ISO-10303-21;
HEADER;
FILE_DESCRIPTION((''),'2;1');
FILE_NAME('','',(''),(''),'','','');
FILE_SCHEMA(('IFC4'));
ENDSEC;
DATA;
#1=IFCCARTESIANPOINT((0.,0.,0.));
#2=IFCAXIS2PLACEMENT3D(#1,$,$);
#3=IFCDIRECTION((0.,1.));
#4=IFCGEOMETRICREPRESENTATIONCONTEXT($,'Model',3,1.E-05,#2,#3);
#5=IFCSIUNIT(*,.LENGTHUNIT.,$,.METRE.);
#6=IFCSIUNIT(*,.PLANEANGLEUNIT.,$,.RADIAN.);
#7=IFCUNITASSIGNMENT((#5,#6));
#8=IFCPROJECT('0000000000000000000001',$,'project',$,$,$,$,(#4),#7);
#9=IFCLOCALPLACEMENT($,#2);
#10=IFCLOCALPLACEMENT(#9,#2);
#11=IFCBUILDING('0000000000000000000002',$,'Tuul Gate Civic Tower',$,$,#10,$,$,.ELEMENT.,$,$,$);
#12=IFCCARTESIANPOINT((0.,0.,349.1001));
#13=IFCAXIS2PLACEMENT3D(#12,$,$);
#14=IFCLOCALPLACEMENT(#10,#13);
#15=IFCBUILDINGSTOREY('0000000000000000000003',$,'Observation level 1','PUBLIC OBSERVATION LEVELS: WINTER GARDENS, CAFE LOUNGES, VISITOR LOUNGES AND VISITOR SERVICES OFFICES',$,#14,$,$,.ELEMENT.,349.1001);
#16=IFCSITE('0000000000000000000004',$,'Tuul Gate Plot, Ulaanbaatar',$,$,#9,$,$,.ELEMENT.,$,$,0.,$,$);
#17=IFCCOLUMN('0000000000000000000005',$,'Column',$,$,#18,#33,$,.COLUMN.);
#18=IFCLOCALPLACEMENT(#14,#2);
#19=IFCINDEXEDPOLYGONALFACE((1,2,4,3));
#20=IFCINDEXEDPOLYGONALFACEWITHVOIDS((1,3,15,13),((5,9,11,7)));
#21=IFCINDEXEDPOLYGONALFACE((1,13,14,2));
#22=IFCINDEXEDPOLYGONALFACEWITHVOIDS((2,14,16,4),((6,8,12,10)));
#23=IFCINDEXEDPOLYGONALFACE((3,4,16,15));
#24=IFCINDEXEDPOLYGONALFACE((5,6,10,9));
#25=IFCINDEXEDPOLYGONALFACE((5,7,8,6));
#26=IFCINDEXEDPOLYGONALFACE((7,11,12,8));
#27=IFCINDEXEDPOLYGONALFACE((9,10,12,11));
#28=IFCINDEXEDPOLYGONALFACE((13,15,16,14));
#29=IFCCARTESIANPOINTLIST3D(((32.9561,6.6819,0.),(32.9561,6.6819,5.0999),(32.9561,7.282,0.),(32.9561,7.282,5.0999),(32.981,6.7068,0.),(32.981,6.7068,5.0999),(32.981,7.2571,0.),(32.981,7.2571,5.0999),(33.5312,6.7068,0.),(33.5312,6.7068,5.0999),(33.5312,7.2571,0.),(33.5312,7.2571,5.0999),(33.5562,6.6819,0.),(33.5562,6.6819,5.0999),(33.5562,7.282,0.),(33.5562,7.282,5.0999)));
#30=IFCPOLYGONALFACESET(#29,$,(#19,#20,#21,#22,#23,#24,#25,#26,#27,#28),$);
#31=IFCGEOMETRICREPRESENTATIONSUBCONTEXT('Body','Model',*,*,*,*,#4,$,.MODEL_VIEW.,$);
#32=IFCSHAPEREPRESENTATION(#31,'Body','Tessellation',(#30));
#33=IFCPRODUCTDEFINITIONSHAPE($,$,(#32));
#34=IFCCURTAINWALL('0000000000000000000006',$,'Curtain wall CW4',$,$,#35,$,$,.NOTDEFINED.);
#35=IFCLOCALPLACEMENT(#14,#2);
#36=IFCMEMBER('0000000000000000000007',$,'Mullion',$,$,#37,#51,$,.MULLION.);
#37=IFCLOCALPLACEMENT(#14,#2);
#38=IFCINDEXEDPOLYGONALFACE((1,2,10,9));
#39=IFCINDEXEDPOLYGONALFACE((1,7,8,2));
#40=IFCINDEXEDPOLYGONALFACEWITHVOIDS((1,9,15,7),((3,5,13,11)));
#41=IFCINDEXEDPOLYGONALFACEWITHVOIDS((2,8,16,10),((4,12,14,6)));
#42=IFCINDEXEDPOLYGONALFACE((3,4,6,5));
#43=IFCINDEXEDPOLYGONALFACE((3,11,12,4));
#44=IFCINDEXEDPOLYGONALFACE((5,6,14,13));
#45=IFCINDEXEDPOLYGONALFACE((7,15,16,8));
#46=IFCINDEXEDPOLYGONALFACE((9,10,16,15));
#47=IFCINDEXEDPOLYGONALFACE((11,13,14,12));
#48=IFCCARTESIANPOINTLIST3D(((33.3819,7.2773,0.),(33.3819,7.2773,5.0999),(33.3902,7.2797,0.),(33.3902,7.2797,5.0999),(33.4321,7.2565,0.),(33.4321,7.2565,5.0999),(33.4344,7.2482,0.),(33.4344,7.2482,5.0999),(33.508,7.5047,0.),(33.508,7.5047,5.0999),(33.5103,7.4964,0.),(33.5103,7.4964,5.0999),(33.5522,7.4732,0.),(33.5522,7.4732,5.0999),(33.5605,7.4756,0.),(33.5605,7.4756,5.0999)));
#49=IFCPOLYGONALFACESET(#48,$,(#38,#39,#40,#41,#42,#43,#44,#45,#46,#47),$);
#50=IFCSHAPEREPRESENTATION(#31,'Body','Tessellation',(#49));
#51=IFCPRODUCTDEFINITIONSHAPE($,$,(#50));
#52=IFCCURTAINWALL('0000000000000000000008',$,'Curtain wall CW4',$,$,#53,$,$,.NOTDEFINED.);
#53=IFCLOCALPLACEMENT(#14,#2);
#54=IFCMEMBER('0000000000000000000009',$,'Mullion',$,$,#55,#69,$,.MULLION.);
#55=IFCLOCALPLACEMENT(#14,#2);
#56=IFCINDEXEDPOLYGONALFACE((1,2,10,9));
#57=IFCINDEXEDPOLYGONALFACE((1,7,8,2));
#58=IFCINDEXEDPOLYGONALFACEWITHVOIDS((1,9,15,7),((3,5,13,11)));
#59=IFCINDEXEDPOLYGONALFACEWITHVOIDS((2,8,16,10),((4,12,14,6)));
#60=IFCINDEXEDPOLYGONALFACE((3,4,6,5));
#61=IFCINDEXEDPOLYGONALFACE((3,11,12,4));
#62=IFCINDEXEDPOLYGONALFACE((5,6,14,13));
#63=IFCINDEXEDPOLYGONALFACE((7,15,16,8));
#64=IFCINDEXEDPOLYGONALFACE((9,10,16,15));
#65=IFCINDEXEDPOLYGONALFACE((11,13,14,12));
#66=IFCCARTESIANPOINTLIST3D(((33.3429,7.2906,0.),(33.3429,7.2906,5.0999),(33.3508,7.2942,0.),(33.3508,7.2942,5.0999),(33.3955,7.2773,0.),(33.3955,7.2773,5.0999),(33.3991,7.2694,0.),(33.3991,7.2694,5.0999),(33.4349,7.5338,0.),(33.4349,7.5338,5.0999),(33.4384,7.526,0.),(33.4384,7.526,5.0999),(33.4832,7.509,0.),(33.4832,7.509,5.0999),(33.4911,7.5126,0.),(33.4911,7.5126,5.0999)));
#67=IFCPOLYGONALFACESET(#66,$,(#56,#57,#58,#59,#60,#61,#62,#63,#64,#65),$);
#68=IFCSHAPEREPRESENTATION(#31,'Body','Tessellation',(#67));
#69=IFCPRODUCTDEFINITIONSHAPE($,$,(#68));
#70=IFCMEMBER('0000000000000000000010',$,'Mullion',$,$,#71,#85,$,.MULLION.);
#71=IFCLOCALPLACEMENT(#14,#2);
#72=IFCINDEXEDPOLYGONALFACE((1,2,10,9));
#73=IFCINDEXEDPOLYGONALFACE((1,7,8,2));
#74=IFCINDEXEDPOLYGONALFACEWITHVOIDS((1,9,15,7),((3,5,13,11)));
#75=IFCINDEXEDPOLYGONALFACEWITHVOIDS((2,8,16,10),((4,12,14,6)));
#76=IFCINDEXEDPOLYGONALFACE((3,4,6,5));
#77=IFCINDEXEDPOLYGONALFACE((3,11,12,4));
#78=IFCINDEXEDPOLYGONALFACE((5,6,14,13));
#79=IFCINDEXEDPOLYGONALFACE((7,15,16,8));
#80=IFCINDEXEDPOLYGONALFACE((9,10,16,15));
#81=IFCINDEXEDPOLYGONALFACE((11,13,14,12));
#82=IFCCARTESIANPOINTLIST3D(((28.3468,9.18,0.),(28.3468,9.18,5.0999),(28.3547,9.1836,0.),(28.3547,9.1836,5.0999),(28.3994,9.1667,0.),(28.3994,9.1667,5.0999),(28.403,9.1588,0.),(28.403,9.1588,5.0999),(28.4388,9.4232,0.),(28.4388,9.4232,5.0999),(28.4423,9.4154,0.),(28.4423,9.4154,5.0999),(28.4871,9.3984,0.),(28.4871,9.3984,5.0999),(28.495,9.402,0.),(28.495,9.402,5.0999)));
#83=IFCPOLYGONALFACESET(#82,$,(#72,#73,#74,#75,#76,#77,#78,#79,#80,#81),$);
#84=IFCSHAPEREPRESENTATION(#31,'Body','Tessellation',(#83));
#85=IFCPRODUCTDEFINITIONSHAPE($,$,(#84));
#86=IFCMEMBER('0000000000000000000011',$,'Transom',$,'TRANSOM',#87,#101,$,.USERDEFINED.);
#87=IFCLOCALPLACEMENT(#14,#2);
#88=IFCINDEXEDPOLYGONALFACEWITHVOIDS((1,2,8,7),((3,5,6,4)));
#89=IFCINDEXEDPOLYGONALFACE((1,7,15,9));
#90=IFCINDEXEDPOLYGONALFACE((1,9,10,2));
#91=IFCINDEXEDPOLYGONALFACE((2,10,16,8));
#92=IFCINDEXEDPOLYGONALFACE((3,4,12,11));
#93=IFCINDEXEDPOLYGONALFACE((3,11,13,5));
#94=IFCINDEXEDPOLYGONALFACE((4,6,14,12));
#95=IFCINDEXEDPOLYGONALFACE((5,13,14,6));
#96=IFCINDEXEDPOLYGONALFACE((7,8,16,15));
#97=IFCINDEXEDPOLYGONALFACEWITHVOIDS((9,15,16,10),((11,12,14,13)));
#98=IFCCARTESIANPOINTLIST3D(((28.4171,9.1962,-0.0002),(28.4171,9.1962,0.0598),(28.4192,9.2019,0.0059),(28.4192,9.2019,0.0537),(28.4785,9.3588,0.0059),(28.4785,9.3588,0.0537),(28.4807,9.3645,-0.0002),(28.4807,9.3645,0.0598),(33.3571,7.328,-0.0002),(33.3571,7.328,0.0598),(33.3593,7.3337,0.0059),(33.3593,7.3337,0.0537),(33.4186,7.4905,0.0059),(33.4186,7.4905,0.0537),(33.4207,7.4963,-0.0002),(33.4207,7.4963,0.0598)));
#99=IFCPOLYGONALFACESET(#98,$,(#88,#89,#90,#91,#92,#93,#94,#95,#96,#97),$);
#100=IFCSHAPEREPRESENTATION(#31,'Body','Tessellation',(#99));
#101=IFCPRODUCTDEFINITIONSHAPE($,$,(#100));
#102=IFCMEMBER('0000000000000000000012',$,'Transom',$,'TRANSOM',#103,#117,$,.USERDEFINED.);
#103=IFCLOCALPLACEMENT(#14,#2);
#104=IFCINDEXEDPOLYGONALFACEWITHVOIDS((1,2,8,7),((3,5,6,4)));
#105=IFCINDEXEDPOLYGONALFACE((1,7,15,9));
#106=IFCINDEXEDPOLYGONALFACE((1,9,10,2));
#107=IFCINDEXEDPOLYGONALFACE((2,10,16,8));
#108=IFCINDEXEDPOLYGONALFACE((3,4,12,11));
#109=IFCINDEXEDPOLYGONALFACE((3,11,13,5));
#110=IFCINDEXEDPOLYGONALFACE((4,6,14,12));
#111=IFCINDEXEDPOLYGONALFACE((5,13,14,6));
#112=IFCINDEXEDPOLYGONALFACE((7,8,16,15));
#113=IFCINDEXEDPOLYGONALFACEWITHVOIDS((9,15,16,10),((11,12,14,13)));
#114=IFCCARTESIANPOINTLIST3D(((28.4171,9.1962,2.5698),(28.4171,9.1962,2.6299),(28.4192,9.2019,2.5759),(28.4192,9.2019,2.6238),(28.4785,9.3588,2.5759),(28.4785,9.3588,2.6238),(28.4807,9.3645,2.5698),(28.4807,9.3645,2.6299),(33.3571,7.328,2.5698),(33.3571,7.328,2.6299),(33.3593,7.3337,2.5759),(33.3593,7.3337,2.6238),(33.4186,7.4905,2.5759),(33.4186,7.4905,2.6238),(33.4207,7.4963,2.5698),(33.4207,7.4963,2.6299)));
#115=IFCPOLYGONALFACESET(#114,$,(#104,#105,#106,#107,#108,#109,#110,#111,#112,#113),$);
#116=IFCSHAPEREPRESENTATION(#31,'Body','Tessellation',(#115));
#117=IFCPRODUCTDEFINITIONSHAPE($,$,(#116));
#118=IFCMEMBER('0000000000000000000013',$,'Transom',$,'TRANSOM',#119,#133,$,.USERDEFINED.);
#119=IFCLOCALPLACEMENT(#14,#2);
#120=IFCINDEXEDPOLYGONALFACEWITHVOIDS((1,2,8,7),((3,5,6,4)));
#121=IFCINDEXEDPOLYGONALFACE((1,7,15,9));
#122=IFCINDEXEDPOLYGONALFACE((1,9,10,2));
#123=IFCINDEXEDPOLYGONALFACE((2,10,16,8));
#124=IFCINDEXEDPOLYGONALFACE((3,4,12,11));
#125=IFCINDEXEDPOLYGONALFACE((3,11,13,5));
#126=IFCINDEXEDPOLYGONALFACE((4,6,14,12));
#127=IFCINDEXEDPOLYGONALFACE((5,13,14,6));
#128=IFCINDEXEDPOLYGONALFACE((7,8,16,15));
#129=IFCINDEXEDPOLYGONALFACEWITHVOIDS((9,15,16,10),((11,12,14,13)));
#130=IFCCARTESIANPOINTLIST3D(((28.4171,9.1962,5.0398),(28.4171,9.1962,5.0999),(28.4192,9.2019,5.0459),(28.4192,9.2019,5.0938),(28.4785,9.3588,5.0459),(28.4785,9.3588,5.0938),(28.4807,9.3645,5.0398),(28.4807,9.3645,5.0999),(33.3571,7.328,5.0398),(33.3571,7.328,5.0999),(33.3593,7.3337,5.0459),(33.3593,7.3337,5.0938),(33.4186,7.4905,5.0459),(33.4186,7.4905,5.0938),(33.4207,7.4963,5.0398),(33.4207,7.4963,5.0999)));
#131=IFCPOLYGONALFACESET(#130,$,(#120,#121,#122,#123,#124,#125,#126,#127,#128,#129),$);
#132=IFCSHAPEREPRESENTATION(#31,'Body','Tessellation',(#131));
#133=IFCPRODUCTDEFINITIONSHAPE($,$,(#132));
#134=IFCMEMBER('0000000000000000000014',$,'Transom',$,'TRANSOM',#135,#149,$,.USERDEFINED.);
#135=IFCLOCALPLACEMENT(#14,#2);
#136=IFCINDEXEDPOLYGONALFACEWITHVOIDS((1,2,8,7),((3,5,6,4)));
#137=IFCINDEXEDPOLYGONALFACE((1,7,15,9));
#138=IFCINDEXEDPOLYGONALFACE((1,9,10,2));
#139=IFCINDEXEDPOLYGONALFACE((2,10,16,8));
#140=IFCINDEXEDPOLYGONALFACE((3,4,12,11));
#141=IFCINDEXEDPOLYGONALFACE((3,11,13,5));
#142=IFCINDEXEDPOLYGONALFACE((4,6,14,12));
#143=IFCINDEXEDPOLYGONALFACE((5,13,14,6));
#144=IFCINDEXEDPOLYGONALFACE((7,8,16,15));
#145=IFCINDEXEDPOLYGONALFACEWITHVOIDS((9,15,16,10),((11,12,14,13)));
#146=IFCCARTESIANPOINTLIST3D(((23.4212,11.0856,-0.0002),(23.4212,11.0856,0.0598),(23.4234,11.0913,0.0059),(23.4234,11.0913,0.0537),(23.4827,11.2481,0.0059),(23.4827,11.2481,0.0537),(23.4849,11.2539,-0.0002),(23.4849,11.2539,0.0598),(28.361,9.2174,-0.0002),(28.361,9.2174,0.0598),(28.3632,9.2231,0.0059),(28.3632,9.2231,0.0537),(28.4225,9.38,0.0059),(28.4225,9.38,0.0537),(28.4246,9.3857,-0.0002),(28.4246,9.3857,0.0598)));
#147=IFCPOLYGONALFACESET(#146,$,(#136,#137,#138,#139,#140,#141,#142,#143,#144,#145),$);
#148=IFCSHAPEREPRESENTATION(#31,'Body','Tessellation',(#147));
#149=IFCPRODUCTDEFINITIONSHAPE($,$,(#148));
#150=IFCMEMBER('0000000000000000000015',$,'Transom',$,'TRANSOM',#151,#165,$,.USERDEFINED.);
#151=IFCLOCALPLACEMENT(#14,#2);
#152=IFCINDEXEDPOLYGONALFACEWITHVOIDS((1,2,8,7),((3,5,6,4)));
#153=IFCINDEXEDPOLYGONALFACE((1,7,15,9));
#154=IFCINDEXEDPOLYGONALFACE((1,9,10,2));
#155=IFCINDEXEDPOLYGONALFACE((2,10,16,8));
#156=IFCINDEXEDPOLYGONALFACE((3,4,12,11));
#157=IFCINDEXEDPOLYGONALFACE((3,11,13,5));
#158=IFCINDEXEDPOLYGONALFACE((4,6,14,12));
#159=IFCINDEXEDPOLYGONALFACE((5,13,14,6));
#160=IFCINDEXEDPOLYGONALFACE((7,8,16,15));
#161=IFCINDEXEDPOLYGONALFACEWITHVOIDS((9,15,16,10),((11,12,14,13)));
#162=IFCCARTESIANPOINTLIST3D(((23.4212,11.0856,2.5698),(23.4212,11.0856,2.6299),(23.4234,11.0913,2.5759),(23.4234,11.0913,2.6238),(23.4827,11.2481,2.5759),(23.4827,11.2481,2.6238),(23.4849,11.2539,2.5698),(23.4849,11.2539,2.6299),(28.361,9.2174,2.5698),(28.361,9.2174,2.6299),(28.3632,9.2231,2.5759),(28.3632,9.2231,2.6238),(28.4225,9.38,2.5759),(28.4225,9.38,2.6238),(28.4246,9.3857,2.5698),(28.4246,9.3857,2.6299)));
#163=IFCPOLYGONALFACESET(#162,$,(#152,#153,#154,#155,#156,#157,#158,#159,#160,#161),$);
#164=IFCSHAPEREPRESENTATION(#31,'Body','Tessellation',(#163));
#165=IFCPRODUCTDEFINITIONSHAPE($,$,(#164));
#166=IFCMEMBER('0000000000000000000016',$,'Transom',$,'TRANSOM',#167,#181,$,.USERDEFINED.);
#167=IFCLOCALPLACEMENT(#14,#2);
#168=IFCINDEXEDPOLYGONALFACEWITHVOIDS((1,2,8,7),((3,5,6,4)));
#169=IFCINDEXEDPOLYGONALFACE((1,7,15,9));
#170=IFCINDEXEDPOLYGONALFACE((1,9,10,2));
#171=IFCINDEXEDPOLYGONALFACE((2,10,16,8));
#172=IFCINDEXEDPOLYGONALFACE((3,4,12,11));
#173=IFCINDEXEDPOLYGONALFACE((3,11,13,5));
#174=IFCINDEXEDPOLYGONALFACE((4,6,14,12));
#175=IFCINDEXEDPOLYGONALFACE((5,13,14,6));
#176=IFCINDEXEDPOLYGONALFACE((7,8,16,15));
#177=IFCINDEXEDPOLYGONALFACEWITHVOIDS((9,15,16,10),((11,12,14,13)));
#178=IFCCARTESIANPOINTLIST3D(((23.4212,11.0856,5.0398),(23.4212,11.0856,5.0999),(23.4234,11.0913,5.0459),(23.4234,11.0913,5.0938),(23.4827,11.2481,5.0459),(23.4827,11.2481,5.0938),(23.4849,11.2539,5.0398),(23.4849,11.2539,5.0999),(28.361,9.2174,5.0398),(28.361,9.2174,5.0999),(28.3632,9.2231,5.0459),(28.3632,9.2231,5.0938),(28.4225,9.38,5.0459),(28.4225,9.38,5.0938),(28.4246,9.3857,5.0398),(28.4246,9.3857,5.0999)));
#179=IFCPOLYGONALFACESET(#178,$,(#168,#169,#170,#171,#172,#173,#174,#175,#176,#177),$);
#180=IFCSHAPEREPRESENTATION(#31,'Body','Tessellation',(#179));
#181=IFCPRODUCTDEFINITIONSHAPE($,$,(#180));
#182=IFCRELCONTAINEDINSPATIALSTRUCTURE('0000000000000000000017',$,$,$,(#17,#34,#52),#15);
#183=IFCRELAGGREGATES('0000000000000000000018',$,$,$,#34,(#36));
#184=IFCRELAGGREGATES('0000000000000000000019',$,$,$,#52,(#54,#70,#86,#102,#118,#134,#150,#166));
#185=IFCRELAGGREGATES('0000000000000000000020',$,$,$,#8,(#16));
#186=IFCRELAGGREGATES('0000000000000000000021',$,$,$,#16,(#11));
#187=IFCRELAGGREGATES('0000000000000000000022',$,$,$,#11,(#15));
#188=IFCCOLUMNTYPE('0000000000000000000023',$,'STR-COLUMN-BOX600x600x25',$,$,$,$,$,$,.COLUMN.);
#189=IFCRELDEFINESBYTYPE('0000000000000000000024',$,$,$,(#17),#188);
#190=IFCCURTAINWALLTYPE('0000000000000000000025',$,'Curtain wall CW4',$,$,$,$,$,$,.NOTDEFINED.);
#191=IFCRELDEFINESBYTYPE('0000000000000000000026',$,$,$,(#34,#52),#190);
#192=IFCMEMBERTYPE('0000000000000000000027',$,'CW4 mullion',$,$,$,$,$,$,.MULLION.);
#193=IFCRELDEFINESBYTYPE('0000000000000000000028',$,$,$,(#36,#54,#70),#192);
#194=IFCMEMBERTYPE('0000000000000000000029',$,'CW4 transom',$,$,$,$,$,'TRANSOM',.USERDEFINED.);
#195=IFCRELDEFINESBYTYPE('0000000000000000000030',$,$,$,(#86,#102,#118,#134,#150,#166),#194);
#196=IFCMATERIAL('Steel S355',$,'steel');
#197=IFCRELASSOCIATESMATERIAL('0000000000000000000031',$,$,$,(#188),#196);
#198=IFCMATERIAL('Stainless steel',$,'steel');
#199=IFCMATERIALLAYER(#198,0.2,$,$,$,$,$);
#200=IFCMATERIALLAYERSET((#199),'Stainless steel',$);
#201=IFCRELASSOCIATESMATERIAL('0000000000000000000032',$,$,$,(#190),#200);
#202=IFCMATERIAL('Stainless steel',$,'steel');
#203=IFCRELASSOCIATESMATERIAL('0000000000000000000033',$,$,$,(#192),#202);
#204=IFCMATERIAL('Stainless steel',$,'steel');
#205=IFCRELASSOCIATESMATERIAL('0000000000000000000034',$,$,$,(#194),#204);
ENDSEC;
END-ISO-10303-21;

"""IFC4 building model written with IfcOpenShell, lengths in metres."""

from ifc_helpers import new_model, si_unit, direction, frame, origin, origin_2d, place, context, subcontext, project, spatial, hollow_rectangle, extrude, material, layer, layer_set, material_profile, profile_set, type_object, element, aggregate, save


model = new_model("IFC4")

# Units and contexts
model_context = context("Model", 3, precision=1e-05, world=origin(), true_north=direction((0.0, 1.0)))
body_context = subcontext(model_context, "Body", "Model", "MODEL_VIEW")
ifc_project = project(units=[si_unit("LENGTHUNIT", "METRE"), si_unit("PLANEANGLEUNIT", "RADIAN")], contexts=[model_context])

# Site, building, storey
site_placement = place(None, origin())
site = spatial("IfcSite", under=ifc_project, at=site_placement, Name="Tuul Gate Plot, Ulaanbaatar", CompositionType="ELEMENT", RefElevation=0.0)
building_placement = place(site_placement, origin())
building = spatial("IfcBuilding", under=site, at=building_placement, Name="Tuul Gate Civic Tower", CompositionType="ELEMENT")
storey_placement = place(building_placement, frame((0.0, 0.0, 349.1001)))
storey = spatial("IfcBuildingStorey", under=building, at=storey_placement, Name="Observation level 1", Description="PUBLIC OBSERVATION LEVELS: WINTER GARDENS, CAFE LOUNGES, VISITOR LOUNGES AND VISITOR SERVICES OFFICES", CompositionType="ELEMENT", Elevation=349.1001)

# Column
ifc_material_1 = material(Name="Steel S355", Category="steel")
ifc_material_profile_1 = material_profile(ifc_material_1, hollow_rectangle(XDim=0.6001, YDim=0.6001, WallThickness=0.0249, at=origin_2d()), Name="BOX600x600x25")
ifc_profile_set_1 = profile_set([ifc_material_profile_1], Name="Steel S355")
column_type = type_object("IfcColumnType", Name="STR-COLUMN-BOX600x600x25", PredefinedType="COLUMN", material=ifc_profile_set_1)
column_placement = place(storey_placement, frame((33.2561, 6.9819, 0.0), z_axis=(0.0, 0.0, 1.0), x_axis=(1.0, 0.0, 0.0)))
element("IfcColumn", 1, at=column_placement, inside=storey, type_object=column_type, Name="Column", PredefinedType="COLUMN", context=body_context, shape_type="SweptSolid", body=[
    extrude(hollow_rectangle(XDim=0.6001, YDim=0.6001, WallThickness=0.0249, at=origin_2d()), origin(), (0.0, 0.0, 1.0), 5.0999),
])

# Curtain wall, member
ifc_material_2 = material(Name="Stainless steel", Category="steel")
ifc_layer_1 = layer(ifc_material_2, 0.2)
ifc_layer_set_1 = layer_set([ifc_layer_1], Name="Stainless steel")
curtain_wall_type = type_object("IfcCurtainWallType", Name="Curtain wall CW4", PredefinedType="NOTDEFINED", material=ifc_layer_set_1)
curtain_wall_1_placement = place(storey_placement, origin())
curtain_wall_1 = element("IfcCurtainWall", 2, at=curtain_wall_1_placement, inside=storey, type_object=curtain_wall_type, Name="Curtain wall CW4", PredefinedType="NOTDEFINED")
ifc_material_3 = material(Name="Stainless steel", Category="steel")
ifc_material_profile_2 = material_profile(ifc_material_3, hollow_rectangle(XDim=0.26, YDim=0.0601, WallThickness=0.0061, at=origin_2d()), Name="CW4 mullion")
ifc_profile_set_2 = profile_set([ifc_material_profile_2], Name="Stainless steel")
member_type_1 = type_object("IfcMemberType", Name="CW4 mullion", PredefinedType="MULLION", material=ifc_profile_set_2)
member_1_placement = place(storey_placement, frame((33.4712, 7.3765, 0.0), z_axis=(0.0, 0.0, 1.0), x_axis=(-0.484789, -0.874631, 0.0)))
member_1 = element("IfcMember", 3, at=member_1_placement, type_object=member_type_1, Name="Mullion", PredefinedType="MULLION", context=body_context, shape_type="SweptSolid", body=[
    extrude(hollow_rectangle(XDim=0.26, YDim=0.0601, WallThickness=0.0061, at=origin_2d()), origin(), (0.0, 0.0, 1.0), 5.0999),
])
aggregate(curtain_wall_1, [member_1])

# Curtain wall, members
curtain_wall_2_placement = place(storey_placement, origin())
curtain_wall_2 = element("IfcCurtainWall", 4, at=curtain_wall_2_placement, inside=storey, type_object=curtain_wall_type, Name="Curtain wall CW4", PredefinedType="NOTDEFINED")
member_2_placement = place(storey_placement, frame((33.417, 7.4016, 0.0), z_axis=(0.0, 0.0, 1.0), x_axis=(-0.353734, -0.935346, 0.0)))
member_2 = element("IfcMember", 5, at=member_2_placement, type_object=member_type_1, Name="Mullion", PredefinedType="MULLION", context=body_context, shape_type="SweptSolid", body=[
    extrude(hollow_rectangle(XDim=0.26, YDim=0.0601, WallThickness=0.0061, at=origin_2d()), origin(), (0.0, 0.0, 1.0), 5.0999),
])
member_3_placement = place(storey_placement, frame((28.4209, 9.291, 0.0), z_axis=(0.0, 0.0, 1.0), x_axis=(-0.353734, -0.935346, 0.0)))
member_3 = element("IfcMember", 6, at=member_3_placement, type_object=member_type_1, Name="Mullion", PredefinedType="MULLION", context=body_context, shape_type="SweptSolid", body=[
    extrude(hollow_rectangle(XDim=0.26, YDim=0.0601, WallThickness=0.0061, at=origin_2d()), origin(), (0.0, 0.0, 1.0), 5.0999),
])
ifc_material_4 = material(Name="Stainless steel", Category="steel")
ifc_material_profile_3 = material_profile(ifc_material_4, hollow_rectangle(XDim=0.1799, YDim=0.0601, WallThickness=0.0061, at=origin_2d()), Name="CW4 transom")
ifc_profile_set_3 = profile_set([ifc_material_profile_3], Name="Stainless steel")
member_type_2 = type_object("IfcMemberType", Name="CW4 transom", ElementType="TRANSOM", PredefinedType="USERDEFINED", material=ifc_profile_set_3)
member_4_placement = place(storey_placement, frame((33.3889, 7.4121, 0.0298), z_axis=(-0.935349, 0.353726, 0.0), x_axis=(-0.353726, -0.935349, 0.0)))
member_4 = element("IfcMember", 7, at=member_4_placement, type_object=member_type_2, Name="Transom", ObjectType="TRANSOM", PredefinedType="USERDEFINED", context=body_context, shape_type="SweptSolid", body=[
    extrude(hollow_rectangle(XDim=0.1799, YDim=0.0601, WallThickness=0.0061, at=origin_2d()), origin(), (0.0, 0.0, 1.0), 5.2815),
])
member_5_placement = place(storey_placement, frame((33.3889, 7.4121, 2.5999), z_axis=(-0.935349, 0.353726, 0.0), x_axis=(-0.353726, -0.935349, 0.0)))
member_5 = element("IfcMember", 8, at=member_5_placement, type_object=member_type_2, Name="Transom", ObjectType="TRANSOM", PredefinedType="USERDEFINED", context=body_context, shape_type="SweptSolid", body=[
    extrude(hollow_rectangle(XDim=0.1799, YDim=0.0601, WallThickness=0.0061, at=origin_2d()), origin(), (0.0, 0.0, 1.0), 5.2815),
])
member_6_placement = place(storey_placement, frame((33.3889, 7.4121, 5.0698), z_axis=(-0.935349, 0.353726, 0.0), x_axis=(-0.353726, -0.935349, 0.0)))
member_6 = element("IfcMember", 9, at=member_6_placement, type_object=member_type_2, Name="Transom", ObjectType="TRANSOM", PredefinedType="USERDEFINED", context=body_context, shape_type="SweptSolid", body=[
    extrude(hollow_rectangle(XDim=0.1799, YDim=0.0601, WallThickness=0.0061, at=origin_2d()), origin(), (0.0, 0.0, 1.0), 5.2815),
])
member_7_placement = place(storey_placement, frame((28.3928, 9.3015, 0.0298), z_axis=(-0.935343, 0.353741, 0.0), x_axis=(-0.353741, -0.935343, 0.0)))
member_7 = element("IfcMember", 10, at=member_7_placement, type_object=member_type_2, Name="Transom", ObjectType="TRANSOM", PredefinedType="USERDEFINED", context=body_context, shape_type="SweptSolid", body=[
    extrude(hollow_rectangle(XDim=0.1799, YDim=0.0601, WallThickness=0.0061, at=origin_2d()), origin(), (0.0, 0.0, 1.0), 5.2812),
])
member_8_placement = place(storey_placement, frame((28.3928, 9.3015, 2.5999), z_axis=(-0.935343, 0.353741, 0.0), x_axis=(-0.353741, -0.935343, 0.0)))
member_8 = element("IfcMember", 11, at=member_8_placement, type_object=member_type_2, Name="Transom", ObjectType="TRANSOM", PredefinedType="USERDEFINED", context=body_context, shape_type="SweptSolid", body=[
    extrude(hollow_rectangle(XDim=0.1799, YDim=0.0601, WallThickness=0.0061, at=origin_2d()), origin(), (0.0, 0.0, 1.0), 5.2812),
])
member_9_placement = place(storey_placement, frame((28.3928, 9.3015, 5.0698), z_axis=(-0.935343, 0.353741, 0.0), x_axis=(-0.353741, -0.935343, 0.0)))
member_9 = element("IfcMember", 12, at=member_9_placement, type_object=member_type_2, Name="Transom", ObjectType="TRANSOM", PredefinedType="USERDEFINED", context=body_context, shape_type="SweptSolid", body=[
    extrude(hollow_rectangle(XDim=0.1799, YDim=0.0601, WallThickness=0.0061, at=origin_2d()), origin(), (0.0, 0.0, 1.0), 5.2812),
])

aggregate(curtain_wall_2, [member_2, member_3, member_4, member_5, member_6, member_7, member_8, member_9])

save(model, "model.ifc")
